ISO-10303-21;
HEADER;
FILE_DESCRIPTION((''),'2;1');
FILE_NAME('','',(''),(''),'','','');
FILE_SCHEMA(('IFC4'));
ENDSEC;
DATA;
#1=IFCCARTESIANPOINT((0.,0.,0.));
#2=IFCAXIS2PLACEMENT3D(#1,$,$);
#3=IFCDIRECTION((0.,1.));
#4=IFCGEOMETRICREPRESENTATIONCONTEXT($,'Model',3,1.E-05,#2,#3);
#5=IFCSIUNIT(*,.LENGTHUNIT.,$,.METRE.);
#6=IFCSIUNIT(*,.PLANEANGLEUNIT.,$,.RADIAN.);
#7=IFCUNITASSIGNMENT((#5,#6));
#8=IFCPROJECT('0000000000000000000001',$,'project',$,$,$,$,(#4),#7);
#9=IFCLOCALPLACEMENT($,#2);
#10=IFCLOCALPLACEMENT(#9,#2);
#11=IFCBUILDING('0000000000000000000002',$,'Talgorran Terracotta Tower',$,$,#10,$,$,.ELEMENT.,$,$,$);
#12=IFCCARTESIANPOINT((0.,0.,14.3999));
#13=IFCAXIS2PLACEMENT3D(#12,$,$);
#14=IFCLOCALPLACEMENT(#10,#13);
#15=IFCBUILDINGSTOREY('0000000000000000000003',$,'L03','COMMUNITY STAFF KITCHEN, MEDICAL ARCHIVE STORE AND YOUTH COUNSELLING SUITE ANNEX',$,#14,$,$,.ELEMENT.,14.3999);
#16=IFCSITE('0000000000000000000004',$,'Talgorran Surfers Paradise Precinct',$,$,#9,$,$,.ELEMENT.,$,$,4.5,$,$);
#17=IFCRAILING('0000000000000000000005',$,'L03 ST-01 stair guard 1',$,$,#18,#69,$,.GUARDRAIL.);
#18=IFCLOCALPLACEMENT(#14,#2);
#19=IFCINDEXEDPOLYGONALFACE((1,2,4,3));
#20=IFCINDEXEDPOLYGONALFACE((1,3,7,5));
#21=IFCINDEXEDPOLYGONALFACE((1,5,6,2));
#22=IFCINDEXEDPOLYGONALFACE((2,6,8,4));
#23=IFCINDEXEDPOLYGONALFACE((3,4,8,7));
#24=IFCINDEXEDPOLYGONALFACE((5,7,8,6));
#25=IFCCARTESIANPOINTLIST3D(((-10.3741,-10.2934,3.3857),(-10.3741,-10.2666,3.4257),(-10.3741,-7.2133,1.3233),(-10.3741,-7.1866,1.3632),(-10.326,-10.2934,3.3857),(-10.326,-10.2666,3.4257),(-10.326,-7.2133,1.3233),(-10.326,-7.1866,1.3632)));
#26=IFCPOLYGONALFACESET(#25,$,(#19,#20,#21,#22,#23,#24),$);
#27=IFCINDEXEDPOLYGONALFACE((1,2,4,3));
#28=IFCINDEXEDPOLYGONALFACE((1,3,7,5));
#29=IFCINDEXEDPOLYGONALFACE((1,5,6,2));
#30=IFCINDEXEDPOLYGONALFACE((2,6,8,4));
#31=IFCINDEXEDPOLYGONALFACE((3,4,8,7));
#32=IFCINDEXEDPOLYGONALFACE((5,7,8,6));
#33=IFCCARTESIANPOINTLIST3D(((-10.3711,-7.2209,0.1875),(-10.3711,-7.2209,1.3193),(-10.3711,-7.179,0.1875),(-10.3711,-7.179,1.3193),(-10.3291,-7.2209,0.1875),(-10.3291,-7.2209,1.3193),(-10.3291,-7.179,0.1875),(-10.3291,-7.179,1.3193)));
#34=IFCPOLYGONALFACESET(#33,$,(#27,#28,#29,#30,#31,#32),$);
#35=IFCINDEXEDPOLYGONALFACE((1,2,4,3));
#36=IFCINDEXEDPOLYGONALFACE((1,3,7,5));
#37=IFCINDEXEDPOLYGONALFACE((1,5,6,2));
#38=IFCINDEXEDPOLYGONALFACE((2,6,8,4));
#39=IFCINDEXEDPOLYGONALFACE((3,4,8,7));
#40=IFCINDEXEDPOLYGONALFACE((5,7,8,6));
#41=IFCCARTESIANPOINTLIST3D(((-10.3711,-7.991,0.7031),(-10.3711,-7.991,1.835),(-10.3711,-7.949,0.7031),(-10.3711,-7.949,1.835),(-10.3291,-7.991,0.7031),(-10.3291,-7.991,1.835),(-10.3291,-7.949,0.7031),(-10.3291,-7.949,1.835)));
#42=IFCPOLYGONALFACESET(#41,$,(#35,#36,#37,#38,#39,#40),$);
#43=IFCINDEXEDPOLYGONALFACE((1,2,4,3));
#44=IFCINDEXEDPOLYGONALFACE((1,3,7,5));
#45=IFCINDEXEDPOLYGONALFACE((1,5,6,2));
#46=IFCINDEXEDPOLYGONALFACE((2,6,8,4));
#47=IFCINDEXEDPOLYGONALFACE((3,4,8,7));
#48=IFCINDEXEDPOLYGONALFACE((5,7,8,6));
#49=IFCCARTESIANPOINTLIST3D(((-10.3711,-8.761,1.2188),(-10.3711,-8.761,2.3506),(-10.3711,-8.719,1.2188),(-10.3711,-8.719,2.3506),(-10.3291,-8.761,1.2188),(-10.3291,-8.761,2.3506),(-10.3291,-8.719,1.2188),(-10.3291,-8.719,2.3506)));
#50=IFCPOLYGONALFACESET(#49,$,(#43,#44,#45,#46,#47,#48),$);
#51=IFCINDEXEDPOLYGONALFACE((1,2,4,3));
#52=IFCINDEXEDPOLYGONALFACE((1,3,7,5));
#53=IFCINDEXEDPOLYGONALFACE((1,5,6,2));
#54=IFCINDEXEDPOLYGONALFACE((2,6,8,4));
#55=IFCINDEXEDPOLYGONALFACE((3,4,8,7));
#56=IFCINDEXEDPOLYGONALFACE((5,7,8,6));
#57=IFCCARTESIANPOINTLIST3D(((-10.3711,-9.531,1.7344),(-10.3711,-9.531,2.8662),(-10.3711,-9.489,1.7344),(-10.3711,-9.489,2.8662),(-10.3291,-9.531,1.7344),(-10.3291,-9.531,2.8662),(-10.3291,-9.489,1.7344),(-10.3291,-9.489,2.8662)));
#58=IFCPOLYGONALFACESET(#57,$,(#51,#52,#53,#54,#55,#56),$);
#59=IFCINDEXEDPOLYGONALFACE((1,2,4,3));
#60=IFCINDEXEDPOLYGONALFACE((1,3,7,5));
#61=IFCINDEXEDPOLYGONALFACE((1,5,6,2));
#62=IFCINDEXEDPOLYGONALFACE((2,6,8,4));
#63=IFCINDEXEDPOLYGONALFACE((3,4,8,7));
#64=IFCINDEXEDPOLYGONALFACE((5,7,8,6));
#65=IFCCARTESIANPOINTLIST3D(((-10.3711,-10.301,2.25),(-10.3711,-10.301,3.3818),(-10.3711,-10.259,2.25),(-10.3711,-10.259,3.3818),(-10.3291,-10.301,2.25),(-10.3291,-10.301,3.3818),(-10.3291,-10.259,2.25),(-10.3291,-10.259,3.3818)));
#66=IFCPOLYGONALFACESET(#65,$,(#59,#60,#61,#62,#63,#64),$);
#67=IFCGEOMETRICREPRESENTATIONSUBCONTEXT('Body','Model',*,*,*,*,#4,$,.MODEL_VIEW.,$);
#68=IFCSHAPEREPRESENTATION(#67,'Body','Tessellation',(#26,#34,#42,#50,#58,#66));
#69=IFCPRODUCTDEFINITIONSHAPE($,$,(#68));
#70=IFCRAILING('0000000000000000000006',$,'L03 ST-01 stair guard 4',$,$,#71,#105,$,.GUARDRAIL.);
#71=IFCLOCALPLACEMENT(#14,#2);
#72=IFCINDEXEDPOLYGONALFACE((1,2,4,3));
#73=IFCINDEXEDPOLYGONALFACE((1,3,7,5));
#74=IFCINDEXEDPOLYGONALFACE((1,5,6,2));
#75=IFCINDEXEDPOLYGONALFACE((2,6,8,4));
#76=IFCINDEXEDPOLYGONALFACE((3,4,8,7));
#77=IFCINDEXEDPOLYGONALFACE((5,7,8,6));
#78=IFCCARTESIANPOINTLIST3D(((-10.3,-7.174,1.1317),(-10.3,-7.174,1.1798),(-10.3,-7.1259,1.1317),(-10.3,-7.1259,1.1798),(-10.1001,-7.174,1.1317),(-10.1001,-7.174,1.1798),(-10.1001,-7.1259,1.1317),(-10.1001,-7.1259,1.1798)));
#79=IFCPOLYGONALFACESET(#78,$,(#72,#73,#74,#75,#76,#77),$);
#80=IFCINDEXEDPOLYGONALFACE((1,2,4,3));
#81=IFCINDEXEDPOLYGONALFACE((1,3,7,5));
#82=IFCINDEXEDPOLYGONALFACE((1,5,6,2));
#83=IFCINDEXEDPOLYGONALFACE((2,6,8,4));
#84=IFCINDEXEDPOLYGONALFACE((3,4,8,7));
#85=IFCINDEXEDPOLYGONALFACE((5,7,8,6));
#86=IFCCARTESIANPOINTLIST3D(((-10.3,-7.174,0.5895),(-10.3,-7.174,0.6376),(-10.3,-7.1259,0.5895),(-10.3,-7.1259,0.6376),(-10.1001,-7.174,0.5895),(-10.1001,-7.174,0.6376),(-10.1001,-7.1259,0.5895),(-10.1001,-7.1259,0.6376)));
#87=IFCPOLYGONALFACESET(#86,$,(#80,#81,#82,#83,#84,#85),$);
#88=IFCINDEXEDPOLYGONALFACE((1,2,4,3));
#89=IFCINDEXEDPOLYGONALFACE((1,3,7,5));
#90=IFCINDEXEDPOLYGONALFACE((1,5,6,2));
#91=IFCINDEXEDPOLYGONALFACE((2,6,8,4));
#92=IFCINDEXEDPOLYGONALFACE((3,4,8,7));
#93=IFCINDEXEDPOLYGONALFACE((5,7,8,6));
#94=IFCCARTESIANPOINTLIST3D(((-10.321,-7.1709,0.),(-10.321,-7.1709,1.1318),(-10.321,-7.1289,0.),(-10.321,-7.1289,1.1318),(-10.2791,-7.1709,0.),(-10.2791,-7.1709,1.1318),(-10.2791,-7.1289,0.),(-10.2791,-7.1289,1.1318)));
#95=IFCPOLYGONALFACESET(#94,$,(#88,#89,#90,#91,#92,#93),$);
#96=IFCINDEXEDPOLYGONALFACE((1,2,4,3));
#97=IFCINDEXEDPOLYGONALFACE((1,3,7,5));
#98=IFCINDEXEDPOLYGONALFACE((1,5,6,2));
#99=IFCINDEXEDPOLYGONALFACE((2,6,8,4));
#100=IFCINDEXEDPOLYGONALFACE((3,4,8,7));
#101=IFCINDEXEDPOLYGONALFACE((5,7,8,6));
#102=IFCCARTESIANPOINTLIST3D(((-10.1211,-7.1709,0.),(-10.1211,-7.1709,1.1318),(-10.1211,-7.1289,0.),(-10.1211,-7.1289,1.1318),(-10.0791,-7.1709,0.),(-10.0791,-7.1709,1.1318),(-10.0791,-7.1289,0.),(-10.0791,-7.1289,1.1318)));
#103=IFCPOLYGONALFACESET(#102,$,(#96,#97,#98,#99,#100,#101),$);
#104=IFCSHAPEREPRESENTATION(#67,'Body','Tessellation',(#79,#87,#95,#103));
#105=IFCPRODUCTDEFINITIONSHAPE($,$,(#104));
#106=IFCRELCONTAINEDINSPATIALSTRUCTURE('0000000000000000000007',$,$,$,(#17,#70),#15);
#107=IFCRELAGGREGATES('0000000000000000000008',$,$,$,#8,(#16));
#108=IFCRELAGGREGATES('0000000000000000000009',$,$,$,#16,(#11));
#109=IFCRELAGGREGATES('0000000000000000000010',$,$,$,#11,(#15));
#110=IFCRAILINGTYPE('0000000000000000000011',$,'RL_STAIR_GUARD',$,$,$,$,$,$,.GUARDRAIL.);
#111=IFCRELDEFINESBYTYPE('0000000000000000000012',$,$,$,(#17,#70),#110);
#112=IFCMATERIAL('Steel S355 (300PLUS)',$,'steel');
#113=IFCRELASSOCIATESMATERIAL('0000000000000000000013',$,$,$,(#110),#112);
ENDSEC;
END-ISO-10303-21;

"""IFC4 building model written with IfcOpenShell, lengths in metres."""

from ifc_helpers import new_model, si_unit, direction, frame, origin, origin_2d, place, context, subcontext, project, spatial, rectangle, extrude, material, type_object, element, save


model = new_model("IFC4")

# Units and contexts
model_context = context("Model", 3, precision=1e-05, world=origin(), true_north=direction((0.0, 1.0)))
body_context = subcontext(model_context, "Body", "Model", "MODEL_VIEW")
ifc_project = project(units=[si_unit("LENGTHUNIT", "METRE"), si_unit("PLANEANGLEUNIT", "RADIAN")], contexts=[model_context])

# Site, building, storey
site_placement = place(None, origin())
site = spatial("IfcSite", under=ifc_project, at=site_placement, Name="Talgorran Surfers Paradise Precinct", CompositionType="ELEMENT", RefElevation=4.5)
building_placement = place(site_placement, origin())
building = spatial("IfcBuilding", under=site, at=building_placement, Name="Talgorran Terracotta Tower", CompositionType="ELEMENT")
storey_placement = place(building_placement, frame((0.0, 0.0, 14.3999)))
storey = spatial("IfcBuildingStorey", under=building, at=storey_placement, Name="L03", Description="COMMUNITY STAFF KITCHEN, MEDICAL ARCHIVE STORE AND YOUTH COUNSELLING SUITE ANNEX", CompositionType="ELEMENT", Elevation=14.3999)

# Shared definitions
ifc_material_1 = material(Name="Steel S355 (300PLUS)", Category="steel")

# Railings
railing_type_1 = type_object("IfcRailingType", Name="RL_STAIR_GUARD", PredefinedType="GUARDRAIL", material=ifc_material_1)
railing_1_placement = place(storey_placement, frame((-10.3501, -7.2, 0.1875)))
element("IfcRailing", 1, at=railing_1_placement, inside=storey, type_object=railing_type_1, Name="L03 ST-01 stair guard 1", PredefinedType="GUARDRAIL", context=body_context, shape_type="SweptSolid", body=[
    extrude(rectangle(XDim=0.0481, YDim=0.0481, at=origin_2d()), frame((0.0, 0.0, 1.1558), z_axis=(0.0, -0.830914, 0.556401), x_axis=(1.0, 0.0, 0.0)), (0.0, 0.0, 1.0), 3.7068),
    extrude(rectangle(XDim=0.042, YDim=0.042, at=origin_2d()), origin(), (0.0, 0.0, 1.0), 1.1318),
    extrude(rectangle(XDim=0.042, YDim=0.042, at=origin_2d()), frame((0.0, -0.77, 0.5156)), (0.0, 0.0, 1.0), 1.1318),
    extrude(rectangle(XDim=0.042, YDim=0.042, at=origin_2d()), frame((0.0, -1.54, 1.0312)), (0.0, 0.0, 1.0), 1.1318),
    extrude(rectangle(XDim=0.042, YDim=0.042, at=origin_2d()), frame((0.0, -2.3101, 1.5469)), (0.0, 0.0, 1.0), 1.1318),
    extrude(rectangle(XDim=0.042, YDim=0.042, at=origin_2d()), frame((0.0, -3.0801, 2.0625)), (0.0, 0.0, 1.0), 1.1318),
])
railing_2_placement = place(storey_placement, frame((-10.3, -7.1499, 0.0)))
element("IfcRailing", 2, at=railing_2_placement, inside=storey, type_object=railing_type_1, Name="L03 ST-01 stair guard 4", PredefinedType="GUARDRAIL", context=body_context, shape_type="SweptSolid", body=[
    extrude(rectangle(XDim=0.0481, YDim=0.0481, at=origin_2d()), frame((0.0, 0.0, 1.1558), z_axis=(1.0, 0.0, 0.0), x_axis=(0.0, 1.0, 0.0)), (0.0, 0.0, 1.0), 0.2),
    extrude(rectangle(XDim=0.0481, YDim=0.0481, at=origin_2d()), frame((0.0, 0.0, 0.6135), z_axis=(1.0, 0.0, 0.0), x_axis=(0.0, 1.0, 0.0)), (0.0, 0.0, 1.0), 0.2),
    extrude(rectangle(XDim=0.042, YDim=0.042, at=origin_2d()), origin(), (0.0, 0.0, 1.0), 1.1318),
    extrude(rectangle(XDim=0.042, YDim=0.042, at=origin_2d()), frame((0.2, 0.0, 0.0)), (0.0, 0.0, 1.0), 1.1318),
])

save(model, "model.ifc")
